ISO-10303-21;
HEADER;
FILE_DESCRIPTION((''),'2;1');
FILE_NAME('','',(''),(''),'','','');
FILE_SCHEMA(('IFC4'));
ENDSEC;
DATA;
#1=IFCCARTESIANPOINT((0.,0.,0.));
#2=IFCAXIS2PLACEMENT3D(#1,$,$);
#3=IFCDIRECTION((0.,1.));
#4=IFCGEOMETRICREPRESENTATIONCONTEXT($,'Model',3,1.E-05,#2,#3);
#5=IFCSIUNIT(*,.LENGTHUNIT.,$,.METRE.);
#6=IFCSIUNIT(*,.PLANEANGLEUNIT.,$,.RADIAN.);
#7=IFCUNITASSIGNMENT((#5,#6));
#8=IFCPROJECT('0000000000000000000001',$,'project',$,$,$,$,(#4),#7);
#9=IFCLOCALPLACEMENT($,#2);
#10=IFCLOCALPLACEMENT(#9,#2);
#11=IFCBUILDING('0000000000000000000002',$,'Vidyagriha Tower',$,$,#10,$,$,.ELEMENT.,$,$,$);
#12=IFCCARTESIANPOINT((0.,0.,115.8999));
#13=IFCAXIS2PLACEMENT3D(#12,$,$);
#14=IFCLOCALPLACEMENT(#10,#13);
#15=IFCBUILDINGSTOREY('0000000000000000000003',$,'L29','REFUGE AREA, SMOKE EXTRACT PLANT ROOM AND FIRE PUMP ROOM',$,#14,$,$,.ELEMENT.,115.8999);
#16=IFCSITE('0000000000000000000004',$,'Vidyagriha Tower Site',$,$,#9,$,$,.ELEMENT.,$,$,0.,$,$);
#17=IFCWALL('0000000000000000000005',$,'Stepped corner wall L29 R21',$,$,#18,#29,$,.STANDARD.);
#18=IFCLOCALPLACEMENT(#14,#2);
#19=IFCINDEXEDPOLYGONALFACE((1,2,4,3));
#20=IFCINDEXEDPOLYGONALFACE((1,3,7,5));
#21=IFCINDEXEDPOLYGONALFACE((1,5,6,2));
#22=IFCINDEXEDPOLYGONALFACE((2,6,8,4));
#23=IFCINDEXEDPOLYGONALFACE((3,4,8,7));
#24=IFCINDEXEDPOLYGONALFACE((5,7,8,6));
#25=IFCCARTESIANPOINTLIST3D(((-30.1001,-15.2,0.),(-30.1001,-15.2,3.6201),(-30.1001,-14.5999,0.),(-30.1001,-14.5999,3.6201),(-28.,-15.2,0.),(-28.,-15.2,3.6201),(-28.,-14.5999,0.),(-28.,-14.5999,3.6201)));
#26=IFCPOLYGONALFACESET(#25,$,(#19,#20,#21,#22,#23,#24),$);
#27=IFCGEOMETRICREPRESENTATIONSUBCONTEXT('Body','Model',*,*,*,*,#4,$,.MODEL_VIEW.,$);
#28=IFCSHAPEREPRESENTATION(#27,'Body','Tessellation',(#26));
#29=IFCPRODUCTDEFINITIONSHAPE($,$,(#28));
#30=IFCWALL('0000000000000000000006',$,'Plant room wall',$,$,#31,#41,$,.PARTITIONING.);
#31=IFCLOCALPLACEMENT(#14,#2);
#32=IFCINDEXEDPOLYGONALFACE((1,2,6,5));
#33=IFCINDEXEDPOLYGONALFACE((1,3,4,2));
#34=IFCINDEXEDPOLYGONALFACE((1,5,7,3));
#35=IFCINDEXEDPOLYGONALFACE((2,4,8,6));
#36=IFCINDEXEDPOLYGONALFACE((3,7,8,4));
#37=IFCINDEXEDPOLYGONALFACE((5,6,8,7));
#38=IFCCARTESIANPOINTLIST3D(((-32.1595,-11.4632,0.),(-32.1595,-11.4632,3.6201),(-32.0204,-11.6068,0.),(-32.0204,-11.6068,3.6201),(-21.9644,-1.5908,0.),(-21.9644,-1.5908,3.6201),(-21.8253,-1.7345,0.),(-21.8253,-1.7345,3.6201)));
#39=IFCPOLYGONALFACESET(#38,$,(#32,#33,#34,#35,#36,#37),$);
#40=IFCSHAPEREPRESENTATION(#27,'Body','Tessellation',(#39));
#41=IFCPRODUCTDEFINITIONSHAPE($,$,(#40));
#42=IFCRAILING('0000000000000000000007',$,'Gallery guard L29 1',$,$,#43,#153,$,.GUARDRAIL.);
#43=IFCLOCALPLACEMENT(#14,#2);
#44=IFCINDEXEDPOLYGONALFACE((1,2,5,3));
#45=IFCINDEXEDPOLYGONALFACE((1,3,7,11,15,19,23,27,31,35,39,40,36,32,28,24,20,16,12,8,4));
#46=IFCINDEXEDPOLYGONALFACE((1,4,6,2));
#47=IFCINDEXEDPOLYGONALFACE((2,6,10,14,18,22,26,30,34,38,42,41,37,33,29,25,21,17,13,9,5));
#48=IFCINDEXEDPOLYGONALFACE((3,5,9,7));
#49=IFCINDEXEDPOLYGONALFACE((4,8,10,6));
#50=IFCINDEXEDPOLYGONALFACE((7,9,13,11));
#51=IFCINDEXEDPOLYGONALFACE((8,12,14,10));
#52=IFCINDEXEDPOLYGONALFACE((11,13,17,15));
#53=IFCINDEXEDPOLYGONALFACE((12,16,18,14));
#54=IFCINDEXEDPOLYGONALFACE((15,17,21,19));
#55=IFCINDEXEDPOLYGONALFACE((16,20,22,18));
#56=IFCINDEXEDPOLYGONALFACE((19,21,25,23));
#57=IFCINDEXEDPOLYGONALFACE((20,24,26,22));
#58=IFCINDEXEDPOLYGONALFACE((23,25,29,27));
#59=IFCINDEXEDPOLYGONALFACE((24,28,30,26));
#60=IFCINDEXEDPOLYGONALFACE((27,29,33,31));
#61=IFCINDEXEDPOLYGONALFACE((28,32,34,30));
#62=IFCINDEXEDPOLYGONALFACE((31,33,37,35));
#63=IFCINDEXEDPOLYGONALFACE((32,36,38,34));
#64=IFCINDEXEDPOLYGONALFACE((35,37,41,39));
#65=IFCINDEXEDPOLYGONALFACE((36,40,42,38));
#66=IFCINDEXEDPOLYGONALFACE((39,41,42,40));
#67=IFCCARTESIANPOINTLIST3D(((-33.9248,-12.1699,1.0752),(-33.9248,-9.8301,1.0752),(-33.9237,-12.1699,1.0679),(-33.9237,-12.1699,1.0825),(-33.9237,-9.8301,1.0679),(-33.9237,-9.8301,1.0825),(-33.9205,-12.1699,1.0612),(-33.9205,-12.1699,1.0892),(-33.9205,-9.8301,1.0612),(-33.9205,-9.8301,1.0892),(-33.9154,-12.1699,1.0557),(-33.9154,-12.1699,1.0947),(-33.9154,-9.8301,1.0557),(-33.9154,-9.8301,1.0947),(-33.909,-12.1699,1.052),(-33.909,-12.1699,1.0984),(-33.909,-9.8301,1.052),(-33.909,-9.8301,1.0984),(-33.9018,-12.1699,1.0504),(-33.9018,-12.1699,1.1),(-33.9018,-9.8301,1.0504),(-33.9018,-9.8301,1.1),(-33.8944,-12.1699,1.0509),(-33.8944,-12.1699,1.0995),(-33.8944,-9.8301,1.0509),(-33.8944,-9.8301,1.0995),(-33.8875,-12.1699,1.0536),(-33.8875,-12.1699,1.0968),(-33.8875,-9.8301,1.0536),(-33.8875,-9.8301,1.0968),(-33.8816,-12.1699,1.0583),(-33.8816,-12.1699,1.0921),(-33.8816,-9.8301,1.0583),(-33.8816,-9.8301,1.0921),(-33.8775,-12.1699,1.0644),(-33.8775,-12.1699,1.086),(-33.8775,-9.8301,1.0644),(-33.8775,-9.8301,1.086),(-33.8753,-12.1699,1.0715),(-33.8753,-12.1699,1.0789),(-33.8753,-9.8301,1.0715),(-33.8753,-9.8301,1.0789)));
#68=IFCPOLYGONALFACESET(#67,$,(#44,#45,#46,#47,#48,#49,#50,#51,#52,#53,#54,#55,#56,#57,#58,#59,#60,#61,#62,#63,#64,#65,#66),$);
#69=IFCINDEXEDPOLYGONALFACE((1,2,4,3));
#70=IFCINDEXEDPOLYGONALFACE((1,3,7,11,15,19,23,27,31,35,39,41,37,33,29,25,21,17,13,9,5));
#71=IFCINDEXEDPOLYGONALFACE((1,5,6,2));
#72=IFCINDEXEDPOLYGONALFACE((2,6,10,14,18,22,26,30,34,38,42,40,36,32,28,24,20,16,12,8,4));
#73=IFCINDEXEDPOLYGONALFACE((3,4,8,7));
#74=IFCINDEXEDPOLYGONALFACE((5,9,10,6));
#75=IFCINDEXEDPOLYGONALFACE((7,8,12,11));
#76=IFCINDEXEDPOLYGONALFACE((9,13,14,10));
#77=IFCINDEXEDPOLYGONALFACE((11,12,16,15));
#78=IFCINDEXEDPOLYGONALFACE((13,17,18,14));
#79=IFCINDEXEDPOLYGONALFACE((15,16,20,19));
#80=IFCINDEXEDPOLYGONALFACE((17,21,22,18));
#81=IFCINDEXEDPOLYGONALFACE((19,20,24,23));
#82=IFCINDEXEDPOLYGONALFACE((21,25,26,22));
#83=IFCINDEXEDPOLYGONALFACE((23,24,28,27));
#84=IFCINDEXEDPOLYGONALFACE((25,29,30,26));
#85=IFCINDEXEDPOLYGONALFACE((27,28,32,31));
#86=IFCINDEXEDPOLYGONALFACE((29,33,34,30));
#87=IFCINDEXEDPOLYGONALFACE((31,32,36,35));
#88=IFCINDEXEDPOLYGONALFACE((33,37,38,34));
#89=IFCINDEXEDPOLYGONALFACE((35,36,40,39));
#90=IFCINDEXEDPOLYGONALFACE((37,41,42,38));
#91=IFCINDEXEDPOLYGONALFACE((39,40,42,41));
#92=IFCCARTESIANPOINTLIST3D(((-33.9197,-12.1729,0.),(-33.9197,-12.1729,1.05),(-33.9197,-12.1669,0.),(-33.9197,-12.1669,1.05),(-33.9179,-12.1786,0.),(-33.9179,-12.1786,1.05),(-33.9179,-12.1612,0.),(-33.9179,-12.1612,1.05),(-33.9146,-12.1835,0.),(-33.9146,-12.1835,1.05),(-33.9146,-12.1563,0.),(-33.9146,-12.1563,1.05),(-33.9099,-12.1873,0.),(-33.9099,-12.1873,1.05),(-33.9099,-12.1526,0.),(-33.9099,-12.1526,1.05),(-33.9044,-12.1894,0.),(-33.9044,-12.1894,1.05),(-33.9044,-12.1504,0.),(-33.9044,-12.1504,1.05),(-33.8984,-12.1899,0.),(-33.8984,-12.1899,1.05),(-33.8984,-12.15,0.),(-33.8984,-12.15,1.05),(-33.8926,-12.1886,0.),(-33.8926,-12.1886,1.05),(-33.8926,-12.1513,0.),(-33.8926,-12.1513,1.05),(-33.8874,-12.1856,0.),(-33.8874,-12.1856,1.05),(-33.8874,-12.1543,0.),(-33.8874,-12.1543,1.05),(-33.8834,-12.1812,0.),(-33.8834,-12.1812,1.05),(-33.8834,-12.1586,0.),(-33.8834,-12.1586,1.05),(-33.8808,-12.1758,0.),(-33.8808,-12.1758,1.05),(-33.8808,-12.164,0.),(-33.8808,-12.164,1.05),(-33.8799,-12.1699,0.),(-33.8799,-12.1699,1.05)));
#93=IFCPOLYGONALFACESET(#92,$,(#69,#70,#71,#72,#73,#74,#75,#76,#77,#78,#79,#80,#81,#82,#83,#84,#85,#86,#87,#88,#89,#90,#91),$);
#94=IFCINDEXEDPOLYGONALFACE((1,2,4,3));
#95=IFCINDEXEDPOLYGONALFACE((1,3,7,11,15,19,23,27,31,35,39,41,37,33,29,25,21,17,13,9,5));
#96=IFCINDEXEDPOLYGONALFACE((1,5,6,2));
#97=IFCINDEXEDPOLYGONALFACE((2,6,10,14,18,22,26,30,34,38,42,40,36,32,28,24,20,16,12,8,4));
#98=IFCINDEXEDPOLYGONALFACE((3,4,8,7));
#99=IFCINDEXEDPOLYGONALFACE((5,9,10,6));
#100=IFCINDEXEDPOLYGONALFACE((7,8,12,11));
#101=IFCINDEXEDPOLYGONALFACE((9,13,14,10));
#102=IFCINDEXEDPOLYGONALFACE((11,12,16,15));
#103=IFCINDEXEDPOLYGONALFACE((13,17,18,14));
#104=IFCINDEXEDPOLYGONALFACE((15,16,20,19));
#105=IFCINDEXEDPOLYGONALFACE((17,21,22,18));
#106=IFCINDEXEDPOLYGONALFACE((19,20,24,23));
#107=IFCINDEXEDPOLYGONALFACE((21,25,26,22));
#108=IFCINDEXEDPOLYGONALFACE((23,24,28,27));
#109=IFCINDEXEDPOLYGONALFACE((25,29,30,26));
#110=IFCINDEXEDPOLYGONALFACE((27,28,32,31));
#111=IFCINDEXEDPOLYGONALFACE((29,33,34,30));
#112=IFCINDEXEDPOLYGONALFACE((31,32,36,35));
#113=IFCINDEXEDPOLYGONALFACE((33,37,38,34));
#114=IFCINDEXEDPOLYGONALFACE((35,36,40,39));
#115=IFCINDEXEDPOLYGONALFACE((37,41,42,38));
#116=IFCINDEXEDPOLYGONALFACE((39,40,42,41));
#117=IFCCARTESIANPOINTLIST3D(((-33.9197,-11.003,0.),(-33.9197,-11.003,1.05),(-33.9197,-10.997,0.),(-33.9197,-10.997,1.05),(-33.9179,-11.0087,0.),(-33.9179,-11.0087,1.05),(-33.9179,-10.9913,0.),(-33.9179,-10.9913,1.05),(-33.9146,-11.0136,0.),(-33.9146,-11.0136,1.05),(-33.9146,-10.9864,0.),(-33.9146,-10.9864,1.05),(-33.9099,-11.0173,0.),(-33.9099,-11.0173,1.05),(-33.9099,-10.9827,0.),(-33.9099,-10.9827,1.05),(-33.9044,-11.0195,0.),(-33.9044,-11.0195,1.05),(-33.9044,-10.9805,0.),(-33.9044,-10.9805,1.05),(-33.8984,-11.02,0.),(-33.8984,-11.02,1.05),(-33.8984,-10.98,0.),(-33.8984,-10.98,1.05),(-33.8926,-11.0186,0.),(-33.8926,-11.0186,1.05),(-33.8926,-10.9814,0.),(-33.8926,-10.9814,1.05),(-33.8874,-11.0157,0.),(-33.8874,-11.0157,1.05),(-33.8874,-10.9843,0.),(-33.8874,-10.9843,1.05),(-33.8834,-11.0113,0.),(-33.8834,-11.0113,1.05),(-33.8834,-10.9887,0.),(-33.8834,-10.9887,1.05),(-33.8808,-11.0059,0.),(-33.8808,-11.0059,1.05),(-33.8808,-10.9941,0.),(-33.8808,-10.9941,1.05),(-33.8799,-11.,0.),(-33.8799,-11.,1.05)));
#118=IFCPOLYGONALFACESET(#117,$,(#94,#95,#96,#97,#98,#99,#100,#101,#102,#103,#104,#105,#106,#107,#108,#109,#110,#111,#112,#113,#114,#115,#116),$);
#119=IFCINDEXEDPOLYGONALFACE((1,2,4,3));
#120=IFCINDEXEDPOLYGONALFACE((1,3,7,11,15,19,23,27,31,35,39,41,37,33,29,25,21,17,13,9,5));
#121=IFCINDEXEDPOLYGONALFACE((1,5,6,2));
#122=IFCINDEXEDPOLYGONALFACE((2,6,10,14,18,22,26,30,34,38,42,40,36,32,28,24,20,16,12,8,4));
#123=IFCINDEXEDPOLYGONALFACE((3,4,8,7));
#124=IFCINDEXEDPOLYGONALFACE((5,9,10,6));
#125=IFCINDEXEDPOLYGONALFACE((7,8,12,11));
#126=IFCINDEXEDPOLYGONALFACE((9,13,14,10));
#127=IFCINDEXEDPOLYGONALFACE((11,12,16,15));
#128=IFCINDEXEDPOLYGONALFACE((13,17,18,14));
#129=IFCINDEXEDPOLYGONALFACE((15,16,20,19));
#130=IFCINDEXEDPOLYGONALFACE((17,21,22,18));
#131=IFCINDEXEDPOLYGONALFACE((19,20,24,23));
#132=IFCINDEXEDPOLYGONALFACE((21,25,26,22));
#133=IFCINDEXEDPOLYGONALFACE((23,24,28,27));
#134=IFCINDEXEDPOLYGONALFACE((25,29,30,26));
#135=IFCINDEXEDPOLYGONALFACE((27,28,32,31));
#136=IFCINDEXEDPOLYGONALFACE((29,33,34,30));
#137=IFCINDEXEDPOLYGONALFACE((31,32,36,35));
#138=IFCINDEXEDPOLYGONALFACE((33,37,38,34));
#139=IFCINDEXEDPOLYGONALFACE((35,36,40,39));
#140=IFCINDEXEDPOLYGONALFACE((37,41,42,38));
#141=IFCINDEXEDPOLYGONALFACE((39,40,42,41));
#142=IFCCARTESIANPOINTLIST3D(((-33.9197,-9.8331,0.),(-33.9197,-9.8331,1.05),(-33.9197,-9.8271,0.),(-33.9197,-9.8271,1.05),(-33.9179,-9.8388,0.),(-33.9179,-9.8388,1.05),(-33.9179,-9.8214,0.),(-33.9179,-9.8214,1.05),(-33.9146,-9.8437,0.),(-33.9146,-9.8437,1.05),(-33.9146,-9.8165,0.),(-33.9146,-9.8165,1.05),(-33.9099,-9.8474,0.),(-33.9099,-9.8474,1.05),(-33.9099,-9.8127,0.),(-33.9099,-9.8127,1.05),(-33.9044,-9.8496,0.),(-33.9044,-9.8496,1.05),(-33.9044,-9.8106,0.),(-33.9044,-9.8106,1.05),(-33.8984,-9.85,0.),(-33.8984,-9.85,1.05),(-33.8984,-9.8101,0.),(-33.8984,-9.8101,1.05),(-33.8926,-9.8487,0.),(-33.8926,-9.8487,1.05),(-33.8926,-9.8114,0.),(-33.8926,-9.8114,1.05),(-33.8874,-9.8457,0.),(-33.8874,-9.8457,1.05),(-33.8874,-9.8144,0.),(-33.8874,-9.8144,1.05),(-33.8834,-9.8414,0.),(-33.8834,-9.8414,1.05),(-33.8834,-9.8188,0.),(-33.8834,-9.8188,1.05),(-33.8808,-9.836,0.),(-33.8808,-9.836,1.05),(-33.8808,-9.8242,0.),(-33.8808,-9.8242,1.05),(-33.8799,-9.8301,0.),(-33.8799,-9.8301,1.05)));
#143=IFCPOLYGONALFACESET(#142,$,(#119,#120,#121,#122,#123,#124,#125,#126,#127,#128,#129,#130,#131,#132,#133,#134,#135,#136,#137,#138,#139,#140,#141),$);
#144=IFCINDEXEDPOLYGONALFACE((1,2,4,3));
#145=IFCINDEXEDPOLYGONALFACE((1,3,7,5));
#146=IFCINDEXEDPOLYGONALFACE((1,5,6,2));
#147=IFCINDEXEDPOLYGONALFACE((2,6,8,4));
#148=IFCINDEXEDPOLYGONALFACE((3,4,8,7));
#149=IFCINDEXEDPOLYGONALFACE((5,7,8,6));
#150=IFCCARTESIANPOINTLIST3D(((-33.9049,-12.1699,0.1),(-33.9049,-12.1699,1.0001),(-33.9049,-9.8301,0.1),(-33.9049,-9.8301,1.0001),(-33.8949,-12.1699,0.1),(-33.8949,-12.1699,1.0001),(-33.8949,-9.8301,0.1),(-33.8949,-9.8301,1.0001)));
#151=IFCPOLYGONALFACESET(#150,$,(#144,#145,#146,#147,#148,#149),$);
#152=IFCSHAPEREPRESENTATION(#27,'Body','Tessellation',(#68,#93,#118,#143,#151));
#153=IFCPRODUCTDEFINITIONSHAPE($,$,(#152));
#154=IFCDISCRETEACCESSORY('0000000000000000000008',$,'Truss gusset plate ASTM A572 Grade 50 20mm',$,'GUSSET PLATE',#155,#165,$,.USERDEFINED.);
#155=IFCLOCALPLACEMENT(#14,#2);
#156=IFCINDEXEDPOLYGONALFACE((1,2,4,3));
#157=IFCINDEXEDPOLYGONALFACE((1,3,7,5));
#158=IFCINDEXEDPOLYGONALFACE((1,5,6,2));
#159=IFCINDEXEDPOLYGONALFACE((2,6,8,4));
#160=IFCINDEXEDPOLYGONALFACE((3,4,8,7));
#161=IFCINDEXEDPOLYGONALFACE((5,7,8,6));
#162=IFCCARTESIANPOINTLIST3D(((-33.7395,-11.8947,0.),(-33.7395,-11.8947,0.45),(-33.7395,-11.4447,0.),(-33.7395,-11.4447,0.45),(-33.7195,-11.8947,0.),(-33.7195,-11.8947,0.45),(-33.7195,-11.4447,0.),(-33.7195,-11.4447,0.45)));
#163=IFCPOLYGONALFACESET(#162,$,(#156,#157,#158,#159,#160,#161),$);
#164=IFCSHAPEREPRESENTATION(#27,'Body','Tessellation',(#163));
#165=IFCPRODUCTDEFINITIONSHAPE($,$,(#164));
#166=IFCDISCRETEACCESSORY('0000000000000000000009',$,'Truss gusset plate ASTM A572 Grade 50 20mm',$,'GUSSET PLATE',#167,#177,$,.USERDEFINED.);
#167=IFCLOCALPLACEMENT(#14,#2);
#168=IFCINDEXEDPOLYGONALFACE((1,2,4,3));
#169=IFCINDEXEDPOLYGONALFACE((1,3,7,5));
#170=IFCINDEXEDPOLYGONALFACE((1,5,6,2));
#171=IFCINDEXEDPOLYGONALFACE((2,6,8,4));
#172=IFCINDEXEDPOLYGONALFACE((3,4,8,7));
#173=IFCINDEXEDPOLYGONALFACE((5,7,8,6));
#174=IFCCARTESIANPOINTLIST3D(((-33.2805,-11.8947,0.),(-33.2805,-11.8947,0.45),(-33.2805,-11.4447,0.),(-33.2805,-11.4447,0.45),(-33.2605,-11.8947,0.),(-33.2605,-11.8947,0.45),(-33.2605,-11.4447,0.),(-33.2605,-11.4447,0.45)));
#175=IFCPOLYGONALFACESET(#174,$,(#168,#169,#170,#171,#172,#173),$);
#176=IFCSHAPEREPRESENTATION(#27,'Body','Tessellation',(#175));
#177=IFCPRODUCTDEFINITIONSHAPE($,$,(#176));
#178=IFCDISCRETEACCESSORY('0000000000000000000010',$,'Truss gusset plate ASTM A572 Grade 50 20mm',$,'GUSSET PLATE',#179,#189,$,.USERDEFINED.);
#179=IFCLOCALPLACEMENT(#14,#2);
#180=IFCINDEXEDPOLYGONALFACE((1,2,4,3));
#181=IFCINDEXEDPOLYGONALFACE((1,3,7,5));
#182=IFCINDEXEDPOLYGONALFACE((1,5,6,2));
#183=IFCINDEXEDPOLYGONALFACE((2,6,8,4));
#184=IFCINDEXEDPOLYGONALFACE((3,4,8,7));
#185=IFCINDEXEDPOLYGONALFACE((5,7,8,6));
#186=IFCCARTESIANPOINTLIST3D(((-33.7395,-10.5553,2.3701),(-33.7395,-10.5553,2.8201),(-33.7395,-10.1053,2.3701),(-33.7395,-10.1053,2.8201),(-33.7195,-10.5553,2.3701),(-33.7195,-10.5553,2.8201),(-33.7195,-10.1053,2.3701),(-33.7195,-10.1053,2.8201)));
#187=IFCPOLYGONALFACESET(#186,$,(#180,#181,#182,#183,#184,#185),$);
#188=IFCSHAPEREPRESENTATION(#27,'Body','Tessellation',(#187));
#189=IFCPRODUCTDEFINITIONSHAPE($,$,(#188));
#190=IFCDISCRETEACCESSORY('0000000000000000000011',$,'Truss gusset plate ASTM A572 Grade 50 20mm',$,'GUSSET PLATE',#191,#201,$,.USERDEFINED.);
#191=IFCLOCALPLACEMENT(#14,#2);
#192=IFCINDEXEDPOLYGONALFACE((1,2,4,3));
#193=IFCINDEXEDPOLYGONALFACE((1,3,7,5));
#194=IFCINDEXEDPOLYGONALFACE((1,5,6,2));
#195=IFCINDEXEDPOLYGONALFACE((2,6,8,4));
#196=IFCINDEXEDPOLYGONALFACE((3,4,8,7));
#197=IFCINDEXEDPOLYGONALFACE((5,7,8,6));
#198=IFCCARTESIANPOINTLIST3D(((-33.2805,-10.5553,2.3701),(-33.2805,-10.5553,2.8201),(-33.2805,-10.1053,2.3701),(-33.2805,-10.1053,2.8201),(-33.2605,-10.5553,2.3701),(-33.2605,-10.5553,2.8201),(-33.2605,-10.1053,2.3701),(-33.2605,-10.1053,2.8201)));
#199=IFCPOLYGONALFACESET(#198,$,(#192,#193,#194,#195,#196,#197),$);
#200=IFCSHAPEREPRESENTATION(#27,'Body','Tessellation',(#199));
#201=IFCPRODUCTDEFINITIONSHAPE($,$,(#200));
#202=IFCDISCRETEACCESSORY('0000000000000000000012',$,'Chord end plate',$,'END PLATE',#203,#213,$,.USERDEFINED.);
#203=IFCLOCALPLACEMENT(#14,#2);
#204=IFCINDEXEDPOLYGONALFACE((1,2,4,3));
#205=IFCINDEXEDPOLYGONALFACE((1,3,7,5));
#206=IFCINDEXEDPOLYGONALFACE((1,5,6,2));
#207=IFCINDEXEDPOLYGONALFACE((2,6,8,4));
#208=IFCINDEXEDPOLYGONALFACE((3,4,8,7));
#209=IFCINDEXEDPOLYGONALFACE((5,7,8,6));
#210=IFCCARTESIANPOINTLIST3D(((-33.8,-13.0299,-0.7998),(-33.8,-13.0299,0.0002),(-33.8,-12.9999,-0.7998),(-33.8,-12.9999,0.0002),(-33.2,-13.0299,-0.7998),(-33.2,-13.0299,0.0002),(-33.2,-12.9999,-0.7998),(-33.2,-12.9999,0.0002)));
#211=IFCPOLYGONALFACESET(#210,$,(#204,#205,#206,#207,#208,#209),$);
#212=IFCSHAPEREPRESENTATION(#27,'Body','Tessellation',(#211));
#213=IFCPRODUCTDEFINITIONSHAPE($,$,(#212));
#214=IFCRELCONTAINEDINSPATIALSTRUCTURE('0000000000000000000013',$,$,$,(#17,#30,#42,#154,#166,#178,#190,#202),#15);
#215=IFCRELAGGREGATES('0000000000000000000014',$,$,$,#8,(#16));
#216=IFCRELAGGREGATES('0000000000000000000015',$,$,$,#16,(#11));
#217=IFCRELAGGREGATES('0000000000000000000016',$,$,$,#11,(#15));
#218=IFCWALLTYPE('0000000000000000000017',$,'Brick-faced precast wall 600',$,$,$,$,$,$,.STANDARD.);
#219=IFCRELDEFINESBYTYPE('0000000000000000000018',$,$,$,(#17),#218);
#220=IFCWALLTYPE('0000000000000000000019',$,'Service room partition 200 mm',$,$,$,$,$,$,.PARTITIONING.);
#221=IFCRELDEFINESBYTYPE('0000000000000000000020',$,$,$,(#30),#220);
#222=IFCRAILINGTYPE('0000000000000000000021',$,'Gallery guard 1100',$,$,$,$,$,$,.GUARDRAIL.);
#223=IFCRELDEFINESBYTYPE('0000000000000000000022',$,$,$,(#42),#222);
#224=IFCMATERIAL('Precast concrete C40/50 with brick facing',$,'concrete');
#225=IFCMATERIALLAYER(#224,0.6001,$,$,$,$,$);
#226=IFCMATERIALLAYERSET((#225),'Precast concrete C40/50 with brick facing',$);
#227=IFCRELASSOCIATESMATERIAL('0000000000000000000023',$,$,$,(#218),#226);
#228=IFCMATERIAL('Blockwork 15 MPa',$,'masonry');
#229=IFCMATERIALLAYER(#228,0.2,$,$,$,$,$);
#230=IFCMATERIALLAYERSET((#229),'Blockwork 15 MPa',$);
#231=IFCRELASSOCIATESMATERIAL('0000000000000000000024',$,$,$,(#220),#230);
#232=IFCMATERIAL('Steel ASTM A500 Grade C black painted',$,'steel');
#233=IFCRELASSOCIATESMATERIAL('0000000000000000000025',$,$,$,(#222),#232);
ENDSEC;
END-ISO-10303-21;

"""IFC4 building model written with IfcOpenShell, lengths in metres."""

from ifc_helpers import new_model, si_unit, direction, frame, frame_2d, origin, origin_2d, place, context, subcontext, project, spatial, rectangle, circle, extrude, material, layer, layer_set, type_object, element, save


model = new_model("IFC4")

# Units and contexts
model_context = context("Model", 3, precision=1e-05, world=origin(), true_north=direction((0.0, 1.0)))
body_context = subcontext(model_context, "Body", "Model", "MODEL_VIEW")
ifc_project = project(units=[si_unit("LENGTHUNIT", "METRE"), si_unit("PLANEANGLEUNIT", "RADIAN")], contexts=[model_context])

# Site, building, storey
site_placement = place(None, origin())
site = spatial("IfcSite", under=ifc_project, at=site_placement, Name="Vidyagriha Tower Site", CompositionType="ELEMENT", RefElevation=0.0)
building_placement = place(site_placement, origin())
building = spatial("IfcBuilding", under=site, at=building_placement, Name="Vidyagriha Tower", CompositionType="ELEMENT")
storey_placement = place(building_placement, frame((0.0, 0.0, 115.8999)))
storey = spatial("IfcBuildingStorey", under=building, at=storey_placement, Name="L29", Description="REFUGE AREA, SMOKE EXTRACT PLANT ROOM AND FIRE PUMP ROOM", CompositionType="ELEMENT", Elevation=115.8999)

# Walls
ifc_material_1 = material(Name="Precast concrete C40/50 with brick facing", Category="concrete")
ifc_layer_1 = layer(ifc_material_1, 0.6001)
ifc_layer_set_1 = layer_set([ifc_layer_1], Name="Precast concrete C40/50 with brick facing")
wall_type_1 = type_object("IfcWallType", Name="Brick-faced precast wall 600", PredefinedType="STANDARD", material=ifc_layer_set_1)
wall_1_placement = place(storey_placement, frame((-30.1001, -14.8999, 0.0)))
element("IfcWall", 1, at=wall_1_placement, inside=storey, type_object=wall_type_1, Name="Stepped corner wall L29 R21", PredefinedType="STANDARD", context=body_context, shape_type="SweptSolid", body=[
    extrude(rectangle(XDim=2.1001, YDim=0.6001, at=frame_2d((1.05, 0.0))), origin(), (0.0, 0.0, 1.0), 3.6201),
])
ifc_material_2 = material(Name="Blockwork 15 MPa", Category="masonry")
ifc_layer_2 = layer(ifc_material_2, 0.2)
ifc_layer_set_2 = layer_set([ifc_layer_2], Name="Blockwork 15 MPa")
wall_type_2 = type_object("IfcWallType", Name="Service room partition 200 mm", PredefinedType="PARTITIONING", material=ifc_layer_set_2)
wall_2_placement = place(storey_placement, frame((-32.0898, -11.5349, 0.0), z_axis=(0.0, 0.0, 1.0), x_axis=(0.718387, 0.695644, 0.0)))
element("IfcWall", 2, at=wall_2_placement, inside=storey, type_object=wall_type_2, Name="Plant room wall", PredefinedType="PARTITIONING", context=body_context, shape_type="SweptSolid", body=[
    extrude(rectangle(XDim=14.1917, YDim=0.2, at=frame_2d((7.0957, 0.0))), origin(), (0.0, 0.0, 1.0), 3.6201),
])

# Railing
ifc_material_3 = material(Name="Steel ASTM A500 Grade C black painted", Category="steel")
railing_type = type_object("IfcRailingType", Name="Gallery guard 1100", PredefinedType="GUARDRAIL", material=ifc_material_3)
railing_1_placement = place(storey_placement, frame((-33.8999, -12.1699, 0.0)))
element("IfcRailing", 3, at=railing_1_placement, inside=storey, type_object=railing_type, Name="Gallery guard L29 1", PredefinedType="GUARDRAIL", context=body_context, shape_type="SweptSolid", body=[
    extrude(circle(Radius=0.0249, at=origin_2d()), frame((0.0, 0.0, 1.0752), z_axis=(0.0, 1.0, 0.0), x_axis=(-1.0, 0.0, 0.0)), (0.0, 0.0, 1.0), 2.3398),
    extrude(circle(Radius=0.02, at=origin_2d()), origin(), (0.0, 0.0, 1.0), 1.05),
    extrude(circle(Radius=0.02, at=origin_2d()), frame((0.0, 1.1699, 0.0)), (0.0, 0.0, 1.0), 1.05),
    extrude(circle(Radius=0.02, at=origin_2d()), frame((0.0, 2.3398, 0.0)), (0.0, 0.0, 1.0), 1.05),
    extrude(rectangle(XDim=0.01, YDim=0.9001, at=origin_2d()), frame((0.0, 0.0, 0.55), z_axis=(0.0, 1.0, 0.0), x_axis=(-1.0, 0.0, 0.0)), (0.0, 0.0, 1.0), 2.3398),
])

# Discrete accessories
for number, where, z_axis, x_axis, name in (
    (4, (-33.7295, -11.6697, 0.0), (0.0, 0.0, 1.0), (0.0, 1.0, 0.0), "Truss gusset plate ASTM A572 Grade 50 20mm"),
    (5, (-33.2705, -11.6697, 0.0), (0.0, 0.0, 1.0), (0.0, 1.0, 0.0), "Truss gusset plate ASTM A572 Grade 50 20mm"),
    (6, (-33.7295, -10.3303, 2.3701), (0.0, 0.0, 1.0), (0.0, 1.0, 0.0), "Truss gusset plate ASTM A572 Grade 50 20mm"),
    (7, (-33.2705, -10.3303, 2.3701), (0.0, 0.0, 1.0), (0.0, 1.0, 0.0), "Truss gusset plate ASTM A572 Grade 50 20mm"),
):
    element("IfcDiscreteAccessory", number, at=place(storey_placement, frame(where, z_axis=z_axis, x_axis=x_axis)), inside=storey, Name=name, ObjectType="GUSSET PLATE", PredefinedType="USERDEFINED", context=body_context, shape_type="SweptSolid", body=[
        extrude(rectangle(XDim=0.45, YDim=0.02, at=origin_2d()), origin(), (0.0, 0.0, 1.0), 0.45),
    ])
discrete_accessory_1_placement = place(storey_placement, frame((-33.5, -13.0149, -0.7998), z_axis=(0.0, 0.0, 1.0), x_axis=(0.0, -1.0, 0.0)))
element("IfcDiscreteAccessory", 8, at=discrete_accessory_1_placement, inside=storey, Name="Chord end plate", ObjectType="END PLATE", PredefinedType="USERDEFINED", context=body_context, shape_type="SweptSolid", body=[
    extrude(rectangle(XDim=0.03, YDim=0.6001, at=origin_2d()), origin(), (0.0, 0.0, 1.0), 0.8),
])

save(model, "model.ifc")
